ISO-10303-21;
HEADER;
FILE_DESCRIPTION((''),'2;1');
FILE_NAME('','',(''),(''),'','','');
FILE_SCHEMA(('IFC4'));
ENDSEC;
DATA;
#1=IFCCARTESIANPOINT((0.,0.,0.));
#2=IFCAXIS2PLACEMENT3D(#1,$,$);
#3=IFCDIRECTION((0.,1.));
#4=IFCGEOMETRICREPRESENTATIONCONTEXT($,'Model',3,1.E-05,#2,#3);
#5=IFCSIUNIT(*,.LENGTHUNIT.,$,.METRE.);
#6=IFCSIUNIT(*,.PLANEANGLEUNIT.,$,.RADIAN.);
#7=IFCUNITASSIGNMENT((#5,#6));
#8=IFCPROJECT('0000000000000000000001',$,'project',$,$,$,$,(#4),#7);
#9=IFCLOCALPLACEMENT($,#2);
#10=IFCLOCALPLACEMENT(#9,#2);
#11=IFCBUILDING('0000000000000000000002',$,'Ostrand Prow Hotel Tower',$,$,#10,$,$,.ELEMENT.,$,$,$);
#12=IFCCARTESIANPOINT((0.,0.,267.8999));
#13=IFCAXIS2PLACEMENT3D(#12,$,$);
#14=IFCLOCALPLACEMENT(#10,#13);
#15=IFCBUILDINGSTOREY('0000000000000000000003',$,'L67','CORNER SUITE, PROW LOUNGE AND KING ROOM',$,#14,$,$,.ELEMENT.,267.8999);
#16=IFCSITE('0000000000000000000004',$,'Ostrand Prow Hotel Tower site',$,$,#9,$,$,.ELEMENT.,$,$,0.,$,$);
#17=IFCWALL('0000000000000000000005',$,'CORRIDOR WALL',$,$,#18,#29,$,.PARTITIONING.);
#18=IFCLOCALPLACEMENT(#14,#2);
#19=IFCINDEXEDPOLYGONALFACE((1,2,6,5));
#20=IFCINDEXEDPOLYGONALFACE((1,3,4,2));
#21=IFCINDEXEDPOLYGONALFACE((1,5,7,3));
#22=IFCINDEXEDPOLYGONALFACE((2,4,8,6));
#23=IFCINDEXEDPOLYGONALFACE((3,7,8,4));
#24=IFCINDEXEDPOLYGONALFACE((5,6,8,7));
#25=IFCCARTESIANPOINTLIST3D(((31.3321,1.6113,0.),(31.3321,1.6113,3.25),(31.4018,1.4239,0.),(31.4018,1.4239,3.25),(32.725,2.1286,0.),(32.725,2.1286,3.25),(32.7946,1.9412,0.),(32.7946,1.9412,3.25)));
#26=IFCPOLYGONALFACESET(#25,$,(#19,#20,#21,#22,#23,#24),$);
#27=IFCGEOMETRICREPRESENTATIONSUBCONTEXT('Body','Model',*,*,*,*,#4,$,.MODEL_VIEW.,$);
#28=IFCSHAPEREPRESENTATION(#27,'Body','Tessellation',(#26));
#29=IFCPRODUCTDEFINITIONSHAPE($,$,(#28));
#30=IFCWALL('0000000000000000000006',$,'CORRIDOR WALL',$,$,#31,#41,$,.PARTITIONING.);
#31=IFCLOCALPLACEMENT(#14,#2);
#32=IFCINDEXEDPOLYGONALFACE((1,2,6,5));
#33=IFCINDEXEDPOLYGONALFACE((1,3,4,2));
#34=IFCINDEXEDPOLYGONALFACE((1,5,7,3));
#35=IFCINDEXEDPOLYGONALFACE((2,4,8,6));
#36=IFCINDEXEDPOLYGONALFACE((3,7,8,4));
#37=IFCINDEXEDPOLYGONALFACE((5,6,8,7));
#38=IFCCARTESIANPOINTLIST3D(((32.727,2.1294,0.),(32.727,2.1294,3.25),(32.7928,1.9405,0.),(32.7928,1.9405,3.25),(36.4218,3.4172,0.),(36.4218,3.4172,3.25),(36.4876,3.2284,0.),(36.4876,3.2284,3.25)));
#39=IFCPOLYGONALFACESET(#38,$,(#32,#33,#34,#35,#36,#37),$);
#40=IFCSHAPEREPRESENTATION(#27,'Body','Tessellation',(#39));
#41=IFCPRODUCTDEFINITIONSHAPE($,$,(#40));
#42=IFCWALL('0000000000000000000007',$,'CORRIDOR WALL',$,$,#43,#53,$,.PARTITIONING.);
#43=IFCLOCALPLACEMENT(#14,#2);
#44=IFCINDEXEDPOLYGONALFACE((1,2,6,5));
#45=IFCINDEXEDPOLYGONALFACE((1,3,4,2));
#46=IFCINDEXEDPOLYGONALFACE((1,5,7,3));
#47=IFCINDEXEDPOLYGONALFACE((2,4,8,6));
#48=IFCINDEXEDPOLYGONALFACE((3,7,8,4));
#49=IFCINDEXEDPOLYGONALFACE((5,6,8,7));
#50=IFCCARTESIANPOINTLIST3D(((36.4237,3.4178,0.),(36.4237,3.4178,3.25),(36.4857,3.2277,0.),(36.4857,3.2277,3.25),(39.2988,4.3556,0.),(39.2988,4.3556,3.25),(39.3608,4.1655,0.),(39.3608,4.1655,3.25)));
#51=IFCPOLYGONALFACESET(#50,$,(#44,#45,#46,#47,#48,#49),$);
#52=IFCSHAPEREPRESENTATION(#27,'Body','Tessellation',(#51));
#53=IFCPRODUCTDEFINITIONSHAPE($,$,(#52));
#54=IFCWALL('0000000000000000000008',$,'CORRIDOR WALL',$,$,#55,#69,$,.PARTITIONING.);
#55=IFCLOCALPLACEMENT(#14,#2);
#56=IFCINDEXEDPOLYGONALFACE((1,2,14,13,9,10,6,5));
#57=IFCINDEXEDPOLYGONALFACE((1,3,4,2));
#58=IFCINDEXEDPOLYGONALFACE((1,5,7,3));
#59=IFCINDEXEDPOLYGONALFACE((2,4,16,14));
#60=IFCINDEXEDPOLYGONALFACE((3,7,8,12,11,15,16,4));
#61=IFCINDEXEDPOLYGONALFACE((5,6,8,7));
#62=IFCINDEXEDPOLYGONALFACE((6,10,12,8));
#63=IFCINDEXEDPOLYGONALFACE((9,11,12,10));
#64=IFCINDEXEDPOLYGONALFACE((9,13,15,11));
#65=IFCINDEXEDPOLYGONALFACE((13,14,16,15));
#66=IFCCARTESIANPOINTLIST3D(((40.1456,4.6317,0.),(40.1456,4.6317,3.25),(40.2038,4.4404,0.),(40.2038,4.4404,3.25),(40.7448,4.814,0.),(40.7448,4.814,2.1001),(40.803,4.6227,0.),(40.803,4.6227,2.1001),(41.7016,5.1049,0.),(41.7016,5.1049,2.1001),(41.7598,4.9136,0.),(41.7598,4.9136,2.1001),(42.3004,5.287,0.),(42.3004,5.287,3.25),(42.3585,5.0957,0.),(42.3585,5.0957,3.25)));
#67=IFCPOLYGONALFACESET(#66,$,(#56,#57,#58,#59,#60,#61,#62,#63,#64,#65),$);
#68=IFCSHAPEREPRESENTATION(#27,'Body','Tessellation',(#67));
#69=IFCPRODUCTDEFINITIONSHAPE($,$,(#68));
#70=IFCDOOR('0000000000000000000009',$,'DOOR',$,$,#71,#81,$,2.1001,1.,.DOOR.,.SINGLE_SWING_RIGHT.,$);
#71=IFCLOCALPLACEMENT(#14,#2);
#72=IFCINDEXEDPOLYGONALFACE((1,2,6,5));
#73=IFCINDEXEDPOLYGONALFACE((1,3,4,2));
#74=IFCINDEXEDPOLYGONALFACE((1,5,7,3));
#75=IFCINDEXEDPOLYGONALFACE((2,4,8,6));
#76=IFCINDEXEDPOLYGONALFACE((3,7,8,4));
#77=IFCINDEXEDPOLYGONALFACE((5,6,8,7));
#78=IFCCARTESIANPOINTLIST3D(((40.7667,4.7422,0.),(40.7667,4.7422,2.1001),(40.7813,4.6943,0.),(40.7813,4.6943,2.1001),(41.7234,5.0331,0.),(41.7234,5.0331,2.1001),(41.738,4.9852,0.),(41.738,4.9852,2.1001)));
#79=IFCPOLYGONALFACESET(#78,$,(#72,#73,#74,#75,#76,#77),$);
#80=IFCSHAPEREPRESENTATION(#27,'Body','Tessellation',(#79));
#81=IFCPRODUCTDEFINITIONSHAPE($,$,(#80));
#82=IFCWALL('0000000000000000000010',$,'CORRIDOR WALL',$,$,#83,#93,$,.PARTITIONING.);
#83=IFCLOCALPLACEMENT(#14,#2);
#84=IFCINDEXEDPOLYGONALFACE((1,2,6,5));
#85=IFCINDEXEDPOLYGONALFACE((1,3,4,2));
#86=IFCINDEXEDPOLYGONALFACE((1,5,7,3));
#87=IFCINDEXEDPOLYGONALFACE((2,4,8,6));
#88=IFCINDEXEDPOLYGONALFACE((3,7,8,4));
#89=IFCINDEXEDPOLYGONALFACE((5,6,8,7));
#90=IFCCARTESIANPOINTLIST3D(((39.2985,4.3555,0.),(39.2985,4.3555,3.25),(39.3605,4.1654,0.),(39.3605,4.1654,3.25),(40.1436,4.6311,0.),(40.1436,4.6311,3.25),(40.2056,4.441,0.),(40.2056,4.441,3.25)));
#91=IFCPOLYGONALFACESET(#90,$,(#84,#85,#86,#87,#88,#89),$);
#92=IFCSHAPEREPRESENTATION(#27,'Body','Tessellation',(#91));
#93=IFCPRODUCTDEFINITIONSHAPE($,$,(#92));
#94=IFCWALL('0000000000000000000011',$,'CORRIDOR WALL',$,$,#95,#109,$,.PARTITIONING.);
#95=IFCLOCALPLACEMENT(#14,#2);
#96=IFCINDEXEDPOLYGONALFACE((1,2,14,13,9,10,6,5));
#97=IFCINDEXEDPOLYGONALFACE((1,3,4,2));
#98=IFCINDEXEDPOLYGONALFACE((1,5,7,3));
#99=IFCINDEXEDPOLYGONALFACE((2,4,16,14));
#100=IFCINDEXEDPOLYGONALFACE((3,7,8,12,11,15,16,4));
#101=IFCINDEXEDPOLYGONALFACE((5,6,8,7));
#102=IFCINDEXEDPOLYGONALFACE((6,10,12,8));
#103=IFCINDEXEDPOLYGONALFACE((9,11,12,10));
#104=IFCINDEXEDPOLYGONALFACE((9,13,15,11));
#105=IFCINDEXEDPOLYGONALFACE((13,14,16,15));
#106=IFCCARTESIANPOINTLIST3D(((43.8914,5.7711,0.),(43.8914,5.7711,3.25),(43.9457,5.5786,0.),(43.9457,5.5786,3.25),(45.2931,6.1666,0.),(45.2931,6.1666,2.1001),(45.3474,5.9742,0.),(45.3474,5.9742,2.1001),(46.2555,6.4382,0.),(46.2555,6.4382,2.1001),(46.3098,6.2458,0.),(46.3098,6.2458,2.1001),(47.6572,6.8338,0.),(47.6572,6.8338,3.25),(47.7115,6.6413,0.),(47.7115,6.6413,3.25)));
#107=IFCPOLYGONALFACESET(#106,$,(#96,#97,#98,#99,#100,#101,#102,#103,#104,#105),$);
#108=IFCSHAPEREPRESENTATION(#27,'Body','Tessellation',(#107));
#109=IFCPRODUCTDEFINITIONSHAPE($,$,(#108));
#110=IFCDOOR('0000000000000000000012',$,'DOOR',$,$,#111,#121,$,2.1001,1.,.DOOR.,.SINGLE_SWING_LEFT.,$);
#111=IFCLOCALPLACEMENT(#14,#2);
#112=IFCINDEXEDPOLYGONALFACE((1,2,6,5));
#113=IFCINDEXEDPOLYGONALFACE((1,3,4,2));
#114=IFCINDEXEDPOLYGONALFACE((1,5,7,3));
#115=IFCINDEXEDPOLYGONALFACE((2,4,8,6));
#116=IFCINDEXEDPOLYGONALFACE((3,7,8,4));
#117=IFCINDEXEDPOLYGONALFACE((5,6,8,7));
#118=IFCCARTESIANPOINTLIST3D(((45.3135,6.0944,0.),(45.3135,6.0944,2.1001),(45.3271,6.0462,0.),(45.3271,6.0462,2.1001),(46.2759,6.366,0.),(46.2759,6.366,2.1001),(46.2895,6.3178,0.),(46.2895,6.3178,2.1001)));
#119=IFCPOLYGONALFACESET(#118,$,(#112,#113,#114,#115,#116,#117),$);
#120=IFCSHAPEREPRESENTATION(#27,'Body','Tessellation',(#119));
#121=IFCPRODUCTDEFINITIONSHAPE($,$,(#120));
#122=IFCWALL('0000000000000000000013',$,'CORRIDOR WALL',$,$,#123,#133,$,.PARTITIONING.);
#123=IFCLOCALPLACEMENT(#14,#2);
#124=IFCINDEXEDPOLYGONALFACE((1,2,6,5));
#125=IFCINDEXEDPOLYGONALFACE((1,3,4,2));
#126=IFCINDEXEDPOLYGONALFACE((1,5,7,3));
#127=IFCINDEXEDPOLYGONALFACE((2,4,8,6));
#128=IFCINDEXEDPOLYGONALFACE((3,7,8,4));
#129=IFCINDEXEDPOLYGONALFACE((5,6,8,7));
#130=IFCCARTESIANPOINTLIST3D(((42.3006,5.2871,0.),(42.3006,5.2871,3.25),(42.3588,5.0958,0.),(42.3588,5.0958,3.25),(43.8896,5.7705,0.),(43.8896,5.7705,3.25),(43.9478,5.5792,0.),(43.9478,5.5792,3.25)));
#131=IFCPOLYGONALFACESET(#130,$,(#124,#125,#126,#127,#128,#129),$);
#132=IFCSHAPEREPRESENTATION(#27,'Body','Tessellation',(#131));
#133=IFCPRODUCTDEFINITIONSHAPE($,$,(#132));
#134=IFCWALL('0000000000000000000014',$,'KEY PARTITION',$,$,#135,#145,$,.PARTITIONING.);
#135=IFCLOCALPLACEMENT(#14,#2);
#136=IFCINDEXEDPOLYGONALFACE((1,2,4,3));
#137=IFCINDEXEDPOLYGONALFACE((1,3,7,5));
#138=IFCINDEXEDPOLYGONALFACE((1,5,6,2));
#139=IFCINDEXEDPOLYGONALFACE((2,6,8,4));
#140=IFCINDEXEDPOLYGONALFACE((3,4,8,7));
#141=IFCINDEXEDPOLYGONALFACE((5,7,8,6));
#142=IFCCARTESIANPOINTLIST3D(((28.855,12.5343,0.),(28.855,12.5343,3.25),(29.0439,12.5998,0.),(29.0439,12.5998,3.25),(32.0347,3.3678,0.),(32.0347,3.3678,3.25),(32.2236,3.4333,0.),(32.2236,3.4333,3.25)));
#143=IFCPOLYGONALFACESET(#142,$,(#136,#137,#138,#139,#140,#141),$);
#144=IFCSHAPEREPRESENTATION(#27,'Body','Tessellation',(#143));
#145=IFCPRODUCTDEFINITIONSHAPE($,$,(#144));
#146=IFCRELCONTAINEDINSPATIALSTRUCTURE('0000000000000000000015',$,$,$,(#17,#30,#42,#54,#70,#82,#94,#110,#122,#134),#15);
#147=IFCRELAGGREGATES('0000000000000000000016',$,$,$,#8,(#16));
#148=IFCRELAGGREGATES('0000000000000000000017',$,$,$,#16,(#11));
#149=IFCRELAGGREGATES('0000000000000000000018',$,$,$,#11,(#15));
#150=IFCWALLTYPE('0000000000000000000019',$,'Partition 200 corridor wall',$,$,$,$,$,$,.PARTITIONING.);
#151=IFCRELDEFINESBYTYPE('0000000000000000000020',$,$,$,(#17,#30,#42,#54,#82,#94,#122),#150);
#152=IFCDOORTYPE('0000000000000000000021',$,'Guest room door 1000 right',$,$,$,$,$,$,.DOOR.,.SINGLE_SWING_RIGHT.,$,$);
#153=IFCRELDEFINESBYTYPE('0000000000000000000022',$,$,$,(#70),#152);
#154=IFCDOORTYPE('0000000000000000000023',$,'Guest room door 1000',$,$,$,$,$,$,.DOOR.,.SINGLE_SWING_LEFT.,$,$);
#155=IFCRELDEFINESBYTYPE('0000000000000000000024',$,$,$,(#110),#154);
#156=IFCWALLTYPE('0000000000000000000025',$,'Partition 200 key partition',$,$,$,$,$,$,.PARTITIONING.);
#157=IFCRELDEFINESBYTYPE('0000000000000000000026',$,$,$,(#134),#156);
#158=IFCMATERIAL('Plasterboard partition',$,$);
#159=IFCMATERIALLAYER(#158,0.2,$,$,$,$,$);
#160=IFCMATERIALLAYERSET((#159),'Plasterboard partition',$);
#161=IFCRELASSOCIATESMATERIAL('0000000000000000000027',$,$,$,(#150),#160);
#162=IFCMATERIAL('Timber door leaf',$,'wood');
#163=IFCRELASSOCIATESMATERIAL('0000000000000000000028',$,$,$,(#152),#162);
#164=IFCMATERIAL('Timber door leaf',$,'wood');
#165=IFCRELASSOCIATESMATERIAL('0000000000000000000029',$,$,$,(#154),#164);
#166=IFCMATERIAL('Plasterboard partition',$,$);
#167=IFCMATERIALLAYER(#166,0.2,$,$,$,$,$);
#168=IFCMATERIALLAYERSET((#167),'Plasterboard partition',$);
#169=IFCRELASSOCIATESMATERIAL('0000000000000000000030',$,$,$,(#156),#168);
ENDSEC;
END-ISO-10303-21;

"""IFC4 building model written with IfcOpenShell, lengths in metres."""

from ifc_helpers import new_model, si_unit, direction, frame, frame_2d, origin, place, context, subcontext, project, spatial, rectangle, extrude, material, layer, layer_set, type_object, element, fill, save


model = new_model("IFC4")

# Units and contexts
model_context = context("Model", 3, precision=1e-05, world=origin(), true_north=direction((0.0, 1.0)))
body_context = subcontext(model_context, "Body", "Model", "MODEL_VIEW")
ifc_project = project(units=[si_unit("LENGTHUNIT", "METRE"), si_unit("PLANEANGLEUNIT", "RADIAN")], contexts=[model_context])

# Site, building, storey
site_placement = place(None, origin())
site = spatial("IfcSite", under=ifc_project, at=site_placement, Name="Ostrand Prow Hotel Tower site", CompositionType="ELEMENT", RefElevation=0.0)
building_placement = place(site_placement, origin())
building = spatial("IfcBuilding", under=site, at=building_placement, Name="Ostrand Prow Hotel Tower", CompositionType="ELEMENT")
storey_placement = place(building_placement, frame((0.0, 0.0, 267.8999)))
storey = spatial("IfcBuildingStorey", under=building, at=storey_placement, Name="L67", Description="CORNER SUITE, PROW LOUNGE AND KING ROOM", CompositionType="ELEMENT", Elevation=267.8999)

# Walls
ifc_material_1 = material(Name="Plasterboard partition")
ifc_layer_1 = layer(ifc_material_1, 0.2)
ifc_layer_set_1 = layer_set([ifc_layer_1], Name="Plasterboard partition")
wall_type_1 = type_object("IfcWallType", Name="Partition 200 corridor wall", PredefinedType="PARTITIONING", material=ifc_layer_set_1)
wall_1_placement = place(storey_placement, frame((31.3669, 1.5176, 0.0), z_axis=(0.0, 0.0, 1.0), x_axis=(0.937425, 0.348187, 0.0)))
element("IfcWall", 1, at=wall_1_placement, inside=storey, type_object=wall_type_1, Name="CORRIDOR WALL", PredefinedType="PARTITIONING", context=body_context, shape_type="SweptSolid", body=[
    extrude(rectangle(XDim=1.4858, YDim=0.2, at=frame_2d((0.7429, 0.0))), origin(), (0.0, 0.0, 1.0), 3.25),
])
wall_2_placement = place(storey_placement, frame((32.7598, 2.0349, 0.0), z_axis=(0.0, 0.0, 1.0), x_axis=(0.944284, 0.329133, 0.0)))
element("IfcWall", 2, at=wall_2_placement, inside=storey, type_object=wall_type_1, Name="CORRIDOR WALL", PredefinedType="PARTITIONING", context=body_context, shape_type="SweptSolid", body=[
    extrude(rectangle(XDim=3.9128, YDim=0.2, at=frame_2d((1.9565, 0.0))), origin(), (0.0, 0.0, 1.0), 3.25),
])
wall_3_placement = place(storey_placement, frame((36.4546, 3.3228, 0.0), z_axis=(0.0, 0.0, 1.0), x_axis=(0.950706, 0.310094, 0.0)))
element("IfcWall", 3, at=wall_3_placement, inside=storey, type_object=wall_type_1, Name="CORRIDOR WALL", PredefinedType="PARTITIONING", context=body_context, shape_type="SweptSolid", body=[
    extrude(rectangle(XDim=3.0242, YDim=0.2, at=frame_2d((1.5122, 0.0))), origin(), (0.0, 0.0, 1.0), 3.25),
])

# Wall, opening, door
wall_4_placement = place(storey_placement, frame((40.1748, 4.5361, 0.0), z_axis=(0.0, 0.0, 1.0), x_axis=(0.956739, 0.290946, 0.0)))
wall_4 = element("IfcWall", 4, at=wall_4_placement, inside=storey, type_object=wall_type_1, Name="CORRIDOR WALL", PredefinedType="PARTITIONING", context=body_context, shape_type="SweptSolid", body=[
    extrude(rectangle(XDim=2.2522, YDim=0.2, at=frame_2d((1.126, 0.0))), origin(), (0.0, 0.0, 1.0), 3.25),
])
opening_1_placement = place(wall_4_placement, frame((0.6262, 0.0, 0.0)))
opening_1 = element("IfcOpeningElement", 5, at=opening_1_placement, cuts=wall_4, PredefinedType="OPENING", context=body_context, shape_type="SweptSolid", body=[
    extrude(rectangle(XDim=1.0, YDim=2.1001, at=frame_2d((0.5, 1.05))), frame((0.0, 0.1099, 0.0), z_axis=(0.0, -1.0, 0.0), x_axis=(1.0, 0.0, 0.0)), (0.0, 0.0, 1.0), 0.22),
])
ifc_material_2 = material(Name="Timber door leaf", Category="wood")
door_type_1 = type_object("IfcDoorType", Name="Guest room door 1000 right", OperationType="SINGLE_SWING_RIGHT", PredefinedType="DOOR", material=ifc_material_2)
door_1_placement = place(opening_1_placement, origin())
door_1 = element("IfcDoor", 6, at=door_1_placement, inside=storey, type_object=door_type_1, Name="DOOR", OperationType="SINGLE_SWING_RIGHT", OverallHeight=2.1001, OverallWidth=1.0, PredefinedType="DOOR", context=body_context, shape_type="SweptSolid", body=[
    extrude(rectangle(XDim=1.0, YDim=2.1001, at=frame_2d((0.5, 1.05))), frame((0.0, 0.0249, 0.0), z_axis=(0.0, -1.0, 0.0), x_axis=(1.0, 0.0, 0.0)), (0.0, 0.0, 1.0), 0.05),
])
fill(opening_1, door_1)

# Wall
wall_5_placement = place(storey_placement, frame((39.3296, 4.2605, 0.0), z_axis=(0.0, 0.0, 1.0), x_axis=(0.950723, 0.310042, 0.0)))
element("IfcWall", 7, at=wall_5_placement, inside=storey, type_object=wall_type_1, Name="CORRIDOR WALL", PredefinedType="PARTITIONING", context=body_context, shape_type="SweptSolid", body=[
    extrude(rectangle(XDim=0.8889, YDim=0.2, at=frame_2d((0.4443, 0.0))), origin(), (0.0, 0.0, 1.0), 3.25),
])

# Wall, opening, door
wall_6_placement = place(storey_placement, frame((43.9185, 5.6748, 0.0), z_axis=(0.0, 0.0, 1.0), x_axis=(0.962411, 0.271596, 0.0)))
wall_6 = element("IfcWall", 8, at=wall_6_placement, inside=storey, type_object=wall_type_1, Name="CORRIDOR WALL", PredefinedType="PARTITIONING", context=body_context, shape_type="SweptSolid", body=[
    extrude(rectangle(XDim=3.9128, YDim=0.2, at=frame_2d((1.9565, 0.0))), origin(), (0.0, 0.0, 1.0), 3.25),
])
opening_2_placement = place(wall_6_placement, frame((1.4565, 0.0, 0.0)))
opening_2 = element("IfcOpeningElement", 9, at=opening_2_placement, cuts=wall_6, PredefinedType="OPENING", context=body_context, shape_type="SweptSolid", body=[
    extrude(rectangle(XDim=1.0, YDim=2.1001, at=frame_2d((0.5, 1.05))), frame((0.0, 0.1099, 0.0), z_axis=(0.0, -1.0, 0.0), x_axis=(1.0, 0.0, 0.0)), (0.0, 0.0, 1.0), 0.22),
])
ifc_material_3 = material(Name="Timber door leaf", Category="wood")
door_type_2 = type_object("IfcDoorType", Name="Guest room door 1000", OperationType="SINGLE_SWING_LEFT", PredefinedType="DOOR", material=ifc_material_3)
door_2_placement = place(opening_2_placement, origin())
door_2 = element("IfcDoor", 10, at=door_2_placement, inside=storey, type_object=door_type_2, Name="DOOR", OperationType="SINGLE_SWING_LEFT", OverallHeight=2.1001, OverallWidth=1.0, PredefinedType="DOOR", context=body_context, shape_type="SweptSolid", body=[
    extrude(rectangle(XDim=1.0, YDim=2.1001, at=frame_2d((0.5, 1.05))), frame((0.0, 0.0249, 0.0), z_axis=(0.0, -1.0, 0.0), x_axis=(1.0, 0.0, 0.0)), (0.0, 0.0, 1.0), 0.05),
])
fill(opening_2, door_2)

# Walls
wall_7_placement = place(storey_placement, frame((42.3296, 5.1914, 0.0), z_axis=(0.0, 0.0, 1.0), x_axis=(0.956702, 0.291068, 0.0)))
element("IfcWall", 11, at=wall_7_placement, inside=storey, type_object=wall_type_1, Name="CORRIDOR WALL", PredefinedType="PARTITIONING", context=body_context, shape_type="SweptSolid", body=[
    extrude(rectangle(XDim=1.6609, YDim=0.2, at=frame_2d((0.8306, 0.0))), origin(), (0.0, 0.0, 1.0), 3.25),
])
ifc_material_4 = material(Name="Plasterboard partition")
ifc_layer_2 = layer(ifc_material_4, 0.2)
ifc_layer_set_2 = layer_set([ifc_layer_2], Name="Plasterboard partition")
wall_type_2 = type_object("IfcWallType", Name="Partition 200 key partition", PredefinedType="PARTITIONING", material=ifc_layer_set_2)
wall_8_placement = place(storey_placement, frame((32.1292, 3.4006, 0.0), z_axis=(0.0, 0.0, 1.0), x_axis=(-0.327724, 0.944773, 0.0)))
element("IfcWall", 12, at=wall_8_placement, inside=storey, type_object=wall_type_2, Name="KEY PARTITION", PredefinedType="PARTITIONING", context=body_context, shape_type="SweptSolid", body=[
    extrude(rectangle(XDim=9.7024, YDim=0.2, at=frame_2d((4.8511, 0.0))), origin(), (0.0, 0.0, 1.0), 3.25),
])

save(model, "model.ifc")
